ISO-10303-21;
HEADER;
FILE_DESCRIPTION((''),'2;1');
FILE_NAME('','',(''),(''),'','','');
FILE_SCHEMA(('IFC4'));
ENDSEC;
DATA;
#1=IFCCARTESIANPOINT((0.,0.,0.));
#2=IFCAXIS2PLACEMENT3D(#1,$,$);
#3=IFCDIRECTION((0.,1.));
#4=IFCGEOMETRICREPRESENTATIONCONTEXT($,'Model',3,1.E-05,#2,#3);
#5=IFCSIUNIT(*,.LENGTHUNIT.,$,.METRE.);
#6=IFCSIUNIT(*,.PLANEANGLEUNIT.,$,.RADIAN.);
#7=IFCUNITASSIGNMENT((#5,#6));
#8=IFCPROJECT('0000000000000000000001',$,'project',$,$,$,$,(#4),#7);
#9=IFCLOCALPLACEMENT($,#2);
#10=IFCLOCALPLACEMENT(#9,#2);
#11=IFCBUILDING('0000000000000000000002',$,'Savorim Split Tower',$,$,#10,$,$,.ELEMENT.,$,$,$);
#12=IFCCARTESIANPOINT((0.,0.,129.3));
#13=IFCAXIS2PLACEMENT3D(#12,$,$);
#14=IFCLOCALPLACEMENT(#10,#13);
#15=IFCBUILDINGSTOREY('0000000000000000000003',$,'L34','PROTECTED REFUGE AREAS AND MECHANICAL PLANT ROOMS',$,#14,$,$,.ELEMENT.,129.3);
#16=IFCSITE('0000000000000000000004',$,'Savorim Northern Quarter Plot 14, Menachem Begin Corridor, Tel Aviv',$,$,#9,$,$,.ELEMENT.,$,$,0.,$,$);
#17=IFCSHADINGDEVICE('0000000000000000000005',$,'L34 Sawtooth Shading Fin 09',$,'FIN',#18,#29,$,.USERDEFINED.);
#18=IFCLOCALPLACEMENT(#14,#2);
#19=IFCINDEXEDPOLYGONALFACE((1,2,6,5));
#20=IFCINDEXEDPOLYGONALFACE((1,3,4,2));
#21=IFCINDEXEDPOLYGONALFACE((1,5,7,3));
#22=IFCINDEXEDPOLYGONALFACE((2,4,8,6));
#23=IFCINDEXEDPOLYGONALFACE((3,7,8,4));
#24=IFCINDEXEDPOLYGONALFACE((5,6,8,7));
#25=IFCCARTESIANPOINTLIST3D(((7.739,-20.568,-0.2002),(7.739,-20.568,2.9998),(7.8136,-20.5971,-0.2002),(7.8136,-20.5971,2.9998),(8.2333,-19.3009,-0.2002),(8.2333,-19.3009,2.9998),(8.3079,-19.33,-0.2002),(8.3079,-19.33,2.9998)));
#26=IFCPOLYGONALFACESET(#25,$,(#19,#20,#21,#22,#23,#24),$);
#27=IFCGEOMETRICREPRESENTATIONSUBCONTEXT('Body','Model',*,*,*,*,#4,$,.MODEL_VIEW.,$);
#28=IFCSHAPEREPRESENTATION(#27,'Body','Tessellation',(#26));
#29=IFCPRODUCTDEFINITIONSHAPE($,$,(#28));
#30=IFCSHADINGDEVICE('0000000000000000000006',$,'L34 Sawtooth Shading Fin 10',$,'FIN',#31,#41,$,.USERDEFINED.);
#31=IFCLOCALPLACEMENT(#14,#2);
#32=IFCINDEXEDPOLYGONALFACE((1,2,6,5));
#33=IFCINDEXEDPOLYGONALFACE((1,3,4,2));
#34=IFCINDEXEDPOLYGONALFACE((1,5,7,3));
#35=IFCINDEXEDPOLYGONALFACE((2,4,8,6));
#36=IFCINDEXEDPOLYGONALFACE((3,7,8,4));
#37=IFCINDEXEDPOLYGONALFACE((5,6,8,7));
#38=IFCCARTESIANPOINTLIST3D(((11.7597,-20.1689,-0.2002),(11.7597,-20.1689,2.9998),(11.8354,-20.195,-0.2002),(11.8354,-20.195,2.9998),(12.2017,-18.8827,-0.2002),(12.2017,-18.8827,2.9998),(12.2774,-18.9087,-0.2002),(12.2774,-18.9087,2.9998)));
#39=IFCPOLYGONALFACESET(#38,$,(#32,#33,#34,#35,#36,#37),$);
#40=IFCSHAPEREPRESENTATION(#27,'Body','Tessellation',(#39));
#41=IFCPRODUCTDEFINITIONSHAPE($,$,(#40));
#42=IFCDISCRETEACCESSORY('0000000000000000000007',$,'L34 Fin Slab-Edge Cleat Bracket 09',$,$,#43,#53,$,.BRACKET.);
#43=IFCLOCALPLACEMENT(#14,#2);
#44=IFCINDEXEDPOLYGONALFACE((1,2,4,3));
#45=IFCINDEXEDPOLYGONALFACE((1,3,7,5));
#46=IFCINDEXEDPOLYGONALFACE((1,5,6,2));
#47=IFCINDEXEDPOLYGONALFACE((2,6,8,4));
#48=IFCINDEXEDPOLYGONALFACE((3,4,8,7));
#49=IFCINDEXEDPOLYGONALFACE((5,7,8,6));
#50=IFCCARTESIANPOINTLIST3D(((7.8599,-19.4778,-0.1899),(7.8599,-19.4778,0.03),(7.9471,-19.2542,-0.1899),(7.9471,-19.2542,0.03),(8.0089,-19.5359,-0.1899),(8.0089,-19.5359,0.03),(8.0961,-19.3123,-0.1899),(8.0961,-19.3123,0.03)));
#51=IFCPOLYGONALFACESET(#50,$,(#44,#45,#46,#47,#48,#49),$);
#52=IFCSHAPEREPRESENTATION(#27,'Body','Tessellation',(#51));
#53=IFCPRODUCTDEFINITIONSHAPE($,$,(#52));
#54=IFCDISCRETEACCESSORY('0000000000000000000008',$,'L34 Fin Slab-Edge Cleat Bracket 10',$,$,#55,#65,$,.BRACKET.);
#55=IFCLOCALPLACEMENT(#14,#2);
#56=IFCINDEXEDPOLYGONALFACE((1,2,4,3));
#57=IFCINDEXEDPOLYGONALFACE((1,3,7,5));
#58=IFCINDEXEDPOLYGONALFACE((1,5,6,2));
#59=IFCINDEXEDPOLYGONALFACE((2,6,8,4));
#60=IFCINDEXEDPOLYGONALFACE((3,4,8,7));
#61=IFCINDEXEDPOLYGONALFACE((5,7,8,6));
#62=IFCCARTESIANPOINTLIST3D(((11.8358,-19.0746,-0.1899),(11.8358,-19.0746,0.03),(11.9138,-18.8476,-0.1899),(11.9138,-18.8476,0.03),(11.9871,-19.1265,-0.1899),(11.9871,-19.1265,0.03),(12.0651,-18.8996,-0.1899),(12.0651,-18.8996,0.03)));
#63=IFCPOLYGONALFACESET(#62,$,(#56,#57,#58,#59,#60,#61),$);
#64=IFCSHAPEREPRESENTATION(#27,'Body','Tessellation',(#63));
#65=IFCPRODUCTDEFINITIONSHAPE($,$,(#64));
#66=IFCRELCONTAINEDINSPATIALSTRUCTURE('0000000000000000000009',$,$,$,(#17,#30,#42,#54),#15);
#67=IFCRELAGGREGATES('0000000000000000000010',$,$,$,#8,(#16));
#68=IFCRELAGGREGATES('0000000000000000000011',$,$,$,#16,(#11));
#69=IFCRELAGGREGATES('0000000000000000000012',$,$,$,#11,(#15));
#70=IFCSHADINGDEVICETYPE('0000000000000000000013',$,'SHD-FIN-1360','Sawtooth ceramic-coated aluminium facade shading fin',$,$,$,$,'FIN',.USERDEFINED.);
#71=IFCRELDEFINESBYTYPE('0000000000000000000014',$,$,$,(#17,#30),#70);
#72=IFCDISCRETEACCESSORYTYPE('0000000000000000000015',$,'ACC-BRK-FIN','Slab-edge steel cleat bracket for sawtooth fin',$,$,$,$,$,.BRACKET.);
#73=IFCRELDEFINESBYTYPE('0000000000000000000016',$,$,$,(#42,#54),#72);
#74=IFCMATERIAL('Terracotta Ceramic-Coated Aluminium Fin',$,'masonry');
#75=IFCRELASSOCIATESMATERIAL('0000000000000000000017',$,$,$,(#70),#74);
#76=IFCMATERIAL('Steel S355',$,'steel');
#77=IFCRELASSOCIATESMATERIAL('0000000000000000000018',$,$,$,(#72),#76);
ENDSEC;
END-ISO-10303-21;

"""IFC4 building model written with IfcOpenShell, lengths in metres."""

from ifc_helpers import new_model, si_unit, direction, frame, origin, origin_2d, place, context, subcontext, project, spatial, rectangle, extrude, material, type_object, element, save


model = new_model("IFC4")

# Units and contexts
model_context = context("Model", 3, precision=1e-05, world=origin(), true_north=direction((0.0, 1.0)))
body_context = subcontext(model_context, "Body", "Model", "MODEL_VIEW")
ifc_project = project(units=[si_unit("LENGTHUNIT", "METRE"), si_unit("PLANEANGLEUNIT", "RADIAN")], contexts=[model_context])

# Site, building, storey
site_placement = place(None, origin())
site = spatial("IfcSite", under=ifc_project, at=site_placement, Name="Savorim Northern Quarter Plot 14, Menachem Begin Corridor, Tel Aviv", CompositionType="ELEMENT", RefElevation=0.0)
building_placement = place(site_placement, origin())
building = spatial("IfcBuilding", under=site, at=building_placement, Name="Savorim Split Tower", CompositionType="ELEMENT")
storey_placement = place(building_placement, frame((0.0, 0.0, 129.3)))
storey = spatial("IfcBuildingStorey", under=building, at=storey_placement, Name="L34", Description="PROTECTED REFUGE AREAS AND MECHANICAL PLANT ROOMS", CompositionType="ELEMENT", Elevation=129.3)

# Shared definitions
ifc_material_1 = material(Name="Steel S355", Category="steel")

# Shading devices
ifc_material_2 = material(Name="Terracotta Ceramic-Coated Aluminium Fin", Category="masonry")
shading_device_type = type_object("IfcShadingDeviceType", Name="SHD-FIN-1360", Description="Sawtooth ceramic-coated aluminium facade shading fin", ElementType="FIN", PredefinedType="USERDEFINED", material=ifc_material_2)
for number, where, z_axis, x_axis, name in (
    (1, (8.0234, -19.949, -0.2002), (0.0, 0.0, 1.0), (-0.363415, -0.931627, 0.0), "L34 Sawtooth Shading Fin 09"),
    (2, (12.0186, -19.5388, -0.2002), (0.0, 0.0, 1.0), (-0.324994, -0.945716, 0.0), "L34 Sawtooth Shading Fin 10"),
):
    element("IfcShadingDevice", number, at=place(storey_placement, frame(where, z_axis=z_axis, x_axis=x_axis)), inside=storey, type_object=shading_device_type, Name=name, ObjectType="FIN", PredefinedType="USERDEFINED", context=body_context, shape_type="SweptSolid", body=[
        extrude(rectangle(XDim=1.3601, YDim=0.0801, at=origin_2d()), origin(), (0.0, 0.0, 1.0), 3.2),
    ])

# Discrete accessories
discrete_accessory_type = type_object("IfcDiscreteAccessoryType", Name="ACC-BRK-FIN", Description="Slab-edge steel cleat bracket for sawtooth fin", PredefinedType="BRACKET", material=ifc_material_1)
for number, where, z_axis, x_axis, name in (
    (3, (7.978, -19.395, -0.1899), (0.0, 0.0, 1.0), (-0.363415, -0.931627, 0.0), "L34 Fin Slab-Edge Cleat Bracket 09"),
    (4, (11.9504, -18.9871, -0.1899), (0.0, 0.0, 1.0), (-0.324994, -0.945716, 0.0), "L34 Fin Slab-Edge Cleat Bracket 10"),
):
    element("IfcDiscreteAccessory", number, at=place(storey_placement, frame(where, z_axis=z_axis, x_axis=x_axis)), inside=storey, type_object=discrete_accessory_type, Name=name, PredefinedType="BRACKET", context=body_context, shape_type="SweptSolid", body=[
        extrude(rectangle(XDim=0.24, YDim=0.1599, at=origin_2d()), origin(), (0.0, 0.0, 1.0), 0.22),
    ])

save(model, "model.ifc")
